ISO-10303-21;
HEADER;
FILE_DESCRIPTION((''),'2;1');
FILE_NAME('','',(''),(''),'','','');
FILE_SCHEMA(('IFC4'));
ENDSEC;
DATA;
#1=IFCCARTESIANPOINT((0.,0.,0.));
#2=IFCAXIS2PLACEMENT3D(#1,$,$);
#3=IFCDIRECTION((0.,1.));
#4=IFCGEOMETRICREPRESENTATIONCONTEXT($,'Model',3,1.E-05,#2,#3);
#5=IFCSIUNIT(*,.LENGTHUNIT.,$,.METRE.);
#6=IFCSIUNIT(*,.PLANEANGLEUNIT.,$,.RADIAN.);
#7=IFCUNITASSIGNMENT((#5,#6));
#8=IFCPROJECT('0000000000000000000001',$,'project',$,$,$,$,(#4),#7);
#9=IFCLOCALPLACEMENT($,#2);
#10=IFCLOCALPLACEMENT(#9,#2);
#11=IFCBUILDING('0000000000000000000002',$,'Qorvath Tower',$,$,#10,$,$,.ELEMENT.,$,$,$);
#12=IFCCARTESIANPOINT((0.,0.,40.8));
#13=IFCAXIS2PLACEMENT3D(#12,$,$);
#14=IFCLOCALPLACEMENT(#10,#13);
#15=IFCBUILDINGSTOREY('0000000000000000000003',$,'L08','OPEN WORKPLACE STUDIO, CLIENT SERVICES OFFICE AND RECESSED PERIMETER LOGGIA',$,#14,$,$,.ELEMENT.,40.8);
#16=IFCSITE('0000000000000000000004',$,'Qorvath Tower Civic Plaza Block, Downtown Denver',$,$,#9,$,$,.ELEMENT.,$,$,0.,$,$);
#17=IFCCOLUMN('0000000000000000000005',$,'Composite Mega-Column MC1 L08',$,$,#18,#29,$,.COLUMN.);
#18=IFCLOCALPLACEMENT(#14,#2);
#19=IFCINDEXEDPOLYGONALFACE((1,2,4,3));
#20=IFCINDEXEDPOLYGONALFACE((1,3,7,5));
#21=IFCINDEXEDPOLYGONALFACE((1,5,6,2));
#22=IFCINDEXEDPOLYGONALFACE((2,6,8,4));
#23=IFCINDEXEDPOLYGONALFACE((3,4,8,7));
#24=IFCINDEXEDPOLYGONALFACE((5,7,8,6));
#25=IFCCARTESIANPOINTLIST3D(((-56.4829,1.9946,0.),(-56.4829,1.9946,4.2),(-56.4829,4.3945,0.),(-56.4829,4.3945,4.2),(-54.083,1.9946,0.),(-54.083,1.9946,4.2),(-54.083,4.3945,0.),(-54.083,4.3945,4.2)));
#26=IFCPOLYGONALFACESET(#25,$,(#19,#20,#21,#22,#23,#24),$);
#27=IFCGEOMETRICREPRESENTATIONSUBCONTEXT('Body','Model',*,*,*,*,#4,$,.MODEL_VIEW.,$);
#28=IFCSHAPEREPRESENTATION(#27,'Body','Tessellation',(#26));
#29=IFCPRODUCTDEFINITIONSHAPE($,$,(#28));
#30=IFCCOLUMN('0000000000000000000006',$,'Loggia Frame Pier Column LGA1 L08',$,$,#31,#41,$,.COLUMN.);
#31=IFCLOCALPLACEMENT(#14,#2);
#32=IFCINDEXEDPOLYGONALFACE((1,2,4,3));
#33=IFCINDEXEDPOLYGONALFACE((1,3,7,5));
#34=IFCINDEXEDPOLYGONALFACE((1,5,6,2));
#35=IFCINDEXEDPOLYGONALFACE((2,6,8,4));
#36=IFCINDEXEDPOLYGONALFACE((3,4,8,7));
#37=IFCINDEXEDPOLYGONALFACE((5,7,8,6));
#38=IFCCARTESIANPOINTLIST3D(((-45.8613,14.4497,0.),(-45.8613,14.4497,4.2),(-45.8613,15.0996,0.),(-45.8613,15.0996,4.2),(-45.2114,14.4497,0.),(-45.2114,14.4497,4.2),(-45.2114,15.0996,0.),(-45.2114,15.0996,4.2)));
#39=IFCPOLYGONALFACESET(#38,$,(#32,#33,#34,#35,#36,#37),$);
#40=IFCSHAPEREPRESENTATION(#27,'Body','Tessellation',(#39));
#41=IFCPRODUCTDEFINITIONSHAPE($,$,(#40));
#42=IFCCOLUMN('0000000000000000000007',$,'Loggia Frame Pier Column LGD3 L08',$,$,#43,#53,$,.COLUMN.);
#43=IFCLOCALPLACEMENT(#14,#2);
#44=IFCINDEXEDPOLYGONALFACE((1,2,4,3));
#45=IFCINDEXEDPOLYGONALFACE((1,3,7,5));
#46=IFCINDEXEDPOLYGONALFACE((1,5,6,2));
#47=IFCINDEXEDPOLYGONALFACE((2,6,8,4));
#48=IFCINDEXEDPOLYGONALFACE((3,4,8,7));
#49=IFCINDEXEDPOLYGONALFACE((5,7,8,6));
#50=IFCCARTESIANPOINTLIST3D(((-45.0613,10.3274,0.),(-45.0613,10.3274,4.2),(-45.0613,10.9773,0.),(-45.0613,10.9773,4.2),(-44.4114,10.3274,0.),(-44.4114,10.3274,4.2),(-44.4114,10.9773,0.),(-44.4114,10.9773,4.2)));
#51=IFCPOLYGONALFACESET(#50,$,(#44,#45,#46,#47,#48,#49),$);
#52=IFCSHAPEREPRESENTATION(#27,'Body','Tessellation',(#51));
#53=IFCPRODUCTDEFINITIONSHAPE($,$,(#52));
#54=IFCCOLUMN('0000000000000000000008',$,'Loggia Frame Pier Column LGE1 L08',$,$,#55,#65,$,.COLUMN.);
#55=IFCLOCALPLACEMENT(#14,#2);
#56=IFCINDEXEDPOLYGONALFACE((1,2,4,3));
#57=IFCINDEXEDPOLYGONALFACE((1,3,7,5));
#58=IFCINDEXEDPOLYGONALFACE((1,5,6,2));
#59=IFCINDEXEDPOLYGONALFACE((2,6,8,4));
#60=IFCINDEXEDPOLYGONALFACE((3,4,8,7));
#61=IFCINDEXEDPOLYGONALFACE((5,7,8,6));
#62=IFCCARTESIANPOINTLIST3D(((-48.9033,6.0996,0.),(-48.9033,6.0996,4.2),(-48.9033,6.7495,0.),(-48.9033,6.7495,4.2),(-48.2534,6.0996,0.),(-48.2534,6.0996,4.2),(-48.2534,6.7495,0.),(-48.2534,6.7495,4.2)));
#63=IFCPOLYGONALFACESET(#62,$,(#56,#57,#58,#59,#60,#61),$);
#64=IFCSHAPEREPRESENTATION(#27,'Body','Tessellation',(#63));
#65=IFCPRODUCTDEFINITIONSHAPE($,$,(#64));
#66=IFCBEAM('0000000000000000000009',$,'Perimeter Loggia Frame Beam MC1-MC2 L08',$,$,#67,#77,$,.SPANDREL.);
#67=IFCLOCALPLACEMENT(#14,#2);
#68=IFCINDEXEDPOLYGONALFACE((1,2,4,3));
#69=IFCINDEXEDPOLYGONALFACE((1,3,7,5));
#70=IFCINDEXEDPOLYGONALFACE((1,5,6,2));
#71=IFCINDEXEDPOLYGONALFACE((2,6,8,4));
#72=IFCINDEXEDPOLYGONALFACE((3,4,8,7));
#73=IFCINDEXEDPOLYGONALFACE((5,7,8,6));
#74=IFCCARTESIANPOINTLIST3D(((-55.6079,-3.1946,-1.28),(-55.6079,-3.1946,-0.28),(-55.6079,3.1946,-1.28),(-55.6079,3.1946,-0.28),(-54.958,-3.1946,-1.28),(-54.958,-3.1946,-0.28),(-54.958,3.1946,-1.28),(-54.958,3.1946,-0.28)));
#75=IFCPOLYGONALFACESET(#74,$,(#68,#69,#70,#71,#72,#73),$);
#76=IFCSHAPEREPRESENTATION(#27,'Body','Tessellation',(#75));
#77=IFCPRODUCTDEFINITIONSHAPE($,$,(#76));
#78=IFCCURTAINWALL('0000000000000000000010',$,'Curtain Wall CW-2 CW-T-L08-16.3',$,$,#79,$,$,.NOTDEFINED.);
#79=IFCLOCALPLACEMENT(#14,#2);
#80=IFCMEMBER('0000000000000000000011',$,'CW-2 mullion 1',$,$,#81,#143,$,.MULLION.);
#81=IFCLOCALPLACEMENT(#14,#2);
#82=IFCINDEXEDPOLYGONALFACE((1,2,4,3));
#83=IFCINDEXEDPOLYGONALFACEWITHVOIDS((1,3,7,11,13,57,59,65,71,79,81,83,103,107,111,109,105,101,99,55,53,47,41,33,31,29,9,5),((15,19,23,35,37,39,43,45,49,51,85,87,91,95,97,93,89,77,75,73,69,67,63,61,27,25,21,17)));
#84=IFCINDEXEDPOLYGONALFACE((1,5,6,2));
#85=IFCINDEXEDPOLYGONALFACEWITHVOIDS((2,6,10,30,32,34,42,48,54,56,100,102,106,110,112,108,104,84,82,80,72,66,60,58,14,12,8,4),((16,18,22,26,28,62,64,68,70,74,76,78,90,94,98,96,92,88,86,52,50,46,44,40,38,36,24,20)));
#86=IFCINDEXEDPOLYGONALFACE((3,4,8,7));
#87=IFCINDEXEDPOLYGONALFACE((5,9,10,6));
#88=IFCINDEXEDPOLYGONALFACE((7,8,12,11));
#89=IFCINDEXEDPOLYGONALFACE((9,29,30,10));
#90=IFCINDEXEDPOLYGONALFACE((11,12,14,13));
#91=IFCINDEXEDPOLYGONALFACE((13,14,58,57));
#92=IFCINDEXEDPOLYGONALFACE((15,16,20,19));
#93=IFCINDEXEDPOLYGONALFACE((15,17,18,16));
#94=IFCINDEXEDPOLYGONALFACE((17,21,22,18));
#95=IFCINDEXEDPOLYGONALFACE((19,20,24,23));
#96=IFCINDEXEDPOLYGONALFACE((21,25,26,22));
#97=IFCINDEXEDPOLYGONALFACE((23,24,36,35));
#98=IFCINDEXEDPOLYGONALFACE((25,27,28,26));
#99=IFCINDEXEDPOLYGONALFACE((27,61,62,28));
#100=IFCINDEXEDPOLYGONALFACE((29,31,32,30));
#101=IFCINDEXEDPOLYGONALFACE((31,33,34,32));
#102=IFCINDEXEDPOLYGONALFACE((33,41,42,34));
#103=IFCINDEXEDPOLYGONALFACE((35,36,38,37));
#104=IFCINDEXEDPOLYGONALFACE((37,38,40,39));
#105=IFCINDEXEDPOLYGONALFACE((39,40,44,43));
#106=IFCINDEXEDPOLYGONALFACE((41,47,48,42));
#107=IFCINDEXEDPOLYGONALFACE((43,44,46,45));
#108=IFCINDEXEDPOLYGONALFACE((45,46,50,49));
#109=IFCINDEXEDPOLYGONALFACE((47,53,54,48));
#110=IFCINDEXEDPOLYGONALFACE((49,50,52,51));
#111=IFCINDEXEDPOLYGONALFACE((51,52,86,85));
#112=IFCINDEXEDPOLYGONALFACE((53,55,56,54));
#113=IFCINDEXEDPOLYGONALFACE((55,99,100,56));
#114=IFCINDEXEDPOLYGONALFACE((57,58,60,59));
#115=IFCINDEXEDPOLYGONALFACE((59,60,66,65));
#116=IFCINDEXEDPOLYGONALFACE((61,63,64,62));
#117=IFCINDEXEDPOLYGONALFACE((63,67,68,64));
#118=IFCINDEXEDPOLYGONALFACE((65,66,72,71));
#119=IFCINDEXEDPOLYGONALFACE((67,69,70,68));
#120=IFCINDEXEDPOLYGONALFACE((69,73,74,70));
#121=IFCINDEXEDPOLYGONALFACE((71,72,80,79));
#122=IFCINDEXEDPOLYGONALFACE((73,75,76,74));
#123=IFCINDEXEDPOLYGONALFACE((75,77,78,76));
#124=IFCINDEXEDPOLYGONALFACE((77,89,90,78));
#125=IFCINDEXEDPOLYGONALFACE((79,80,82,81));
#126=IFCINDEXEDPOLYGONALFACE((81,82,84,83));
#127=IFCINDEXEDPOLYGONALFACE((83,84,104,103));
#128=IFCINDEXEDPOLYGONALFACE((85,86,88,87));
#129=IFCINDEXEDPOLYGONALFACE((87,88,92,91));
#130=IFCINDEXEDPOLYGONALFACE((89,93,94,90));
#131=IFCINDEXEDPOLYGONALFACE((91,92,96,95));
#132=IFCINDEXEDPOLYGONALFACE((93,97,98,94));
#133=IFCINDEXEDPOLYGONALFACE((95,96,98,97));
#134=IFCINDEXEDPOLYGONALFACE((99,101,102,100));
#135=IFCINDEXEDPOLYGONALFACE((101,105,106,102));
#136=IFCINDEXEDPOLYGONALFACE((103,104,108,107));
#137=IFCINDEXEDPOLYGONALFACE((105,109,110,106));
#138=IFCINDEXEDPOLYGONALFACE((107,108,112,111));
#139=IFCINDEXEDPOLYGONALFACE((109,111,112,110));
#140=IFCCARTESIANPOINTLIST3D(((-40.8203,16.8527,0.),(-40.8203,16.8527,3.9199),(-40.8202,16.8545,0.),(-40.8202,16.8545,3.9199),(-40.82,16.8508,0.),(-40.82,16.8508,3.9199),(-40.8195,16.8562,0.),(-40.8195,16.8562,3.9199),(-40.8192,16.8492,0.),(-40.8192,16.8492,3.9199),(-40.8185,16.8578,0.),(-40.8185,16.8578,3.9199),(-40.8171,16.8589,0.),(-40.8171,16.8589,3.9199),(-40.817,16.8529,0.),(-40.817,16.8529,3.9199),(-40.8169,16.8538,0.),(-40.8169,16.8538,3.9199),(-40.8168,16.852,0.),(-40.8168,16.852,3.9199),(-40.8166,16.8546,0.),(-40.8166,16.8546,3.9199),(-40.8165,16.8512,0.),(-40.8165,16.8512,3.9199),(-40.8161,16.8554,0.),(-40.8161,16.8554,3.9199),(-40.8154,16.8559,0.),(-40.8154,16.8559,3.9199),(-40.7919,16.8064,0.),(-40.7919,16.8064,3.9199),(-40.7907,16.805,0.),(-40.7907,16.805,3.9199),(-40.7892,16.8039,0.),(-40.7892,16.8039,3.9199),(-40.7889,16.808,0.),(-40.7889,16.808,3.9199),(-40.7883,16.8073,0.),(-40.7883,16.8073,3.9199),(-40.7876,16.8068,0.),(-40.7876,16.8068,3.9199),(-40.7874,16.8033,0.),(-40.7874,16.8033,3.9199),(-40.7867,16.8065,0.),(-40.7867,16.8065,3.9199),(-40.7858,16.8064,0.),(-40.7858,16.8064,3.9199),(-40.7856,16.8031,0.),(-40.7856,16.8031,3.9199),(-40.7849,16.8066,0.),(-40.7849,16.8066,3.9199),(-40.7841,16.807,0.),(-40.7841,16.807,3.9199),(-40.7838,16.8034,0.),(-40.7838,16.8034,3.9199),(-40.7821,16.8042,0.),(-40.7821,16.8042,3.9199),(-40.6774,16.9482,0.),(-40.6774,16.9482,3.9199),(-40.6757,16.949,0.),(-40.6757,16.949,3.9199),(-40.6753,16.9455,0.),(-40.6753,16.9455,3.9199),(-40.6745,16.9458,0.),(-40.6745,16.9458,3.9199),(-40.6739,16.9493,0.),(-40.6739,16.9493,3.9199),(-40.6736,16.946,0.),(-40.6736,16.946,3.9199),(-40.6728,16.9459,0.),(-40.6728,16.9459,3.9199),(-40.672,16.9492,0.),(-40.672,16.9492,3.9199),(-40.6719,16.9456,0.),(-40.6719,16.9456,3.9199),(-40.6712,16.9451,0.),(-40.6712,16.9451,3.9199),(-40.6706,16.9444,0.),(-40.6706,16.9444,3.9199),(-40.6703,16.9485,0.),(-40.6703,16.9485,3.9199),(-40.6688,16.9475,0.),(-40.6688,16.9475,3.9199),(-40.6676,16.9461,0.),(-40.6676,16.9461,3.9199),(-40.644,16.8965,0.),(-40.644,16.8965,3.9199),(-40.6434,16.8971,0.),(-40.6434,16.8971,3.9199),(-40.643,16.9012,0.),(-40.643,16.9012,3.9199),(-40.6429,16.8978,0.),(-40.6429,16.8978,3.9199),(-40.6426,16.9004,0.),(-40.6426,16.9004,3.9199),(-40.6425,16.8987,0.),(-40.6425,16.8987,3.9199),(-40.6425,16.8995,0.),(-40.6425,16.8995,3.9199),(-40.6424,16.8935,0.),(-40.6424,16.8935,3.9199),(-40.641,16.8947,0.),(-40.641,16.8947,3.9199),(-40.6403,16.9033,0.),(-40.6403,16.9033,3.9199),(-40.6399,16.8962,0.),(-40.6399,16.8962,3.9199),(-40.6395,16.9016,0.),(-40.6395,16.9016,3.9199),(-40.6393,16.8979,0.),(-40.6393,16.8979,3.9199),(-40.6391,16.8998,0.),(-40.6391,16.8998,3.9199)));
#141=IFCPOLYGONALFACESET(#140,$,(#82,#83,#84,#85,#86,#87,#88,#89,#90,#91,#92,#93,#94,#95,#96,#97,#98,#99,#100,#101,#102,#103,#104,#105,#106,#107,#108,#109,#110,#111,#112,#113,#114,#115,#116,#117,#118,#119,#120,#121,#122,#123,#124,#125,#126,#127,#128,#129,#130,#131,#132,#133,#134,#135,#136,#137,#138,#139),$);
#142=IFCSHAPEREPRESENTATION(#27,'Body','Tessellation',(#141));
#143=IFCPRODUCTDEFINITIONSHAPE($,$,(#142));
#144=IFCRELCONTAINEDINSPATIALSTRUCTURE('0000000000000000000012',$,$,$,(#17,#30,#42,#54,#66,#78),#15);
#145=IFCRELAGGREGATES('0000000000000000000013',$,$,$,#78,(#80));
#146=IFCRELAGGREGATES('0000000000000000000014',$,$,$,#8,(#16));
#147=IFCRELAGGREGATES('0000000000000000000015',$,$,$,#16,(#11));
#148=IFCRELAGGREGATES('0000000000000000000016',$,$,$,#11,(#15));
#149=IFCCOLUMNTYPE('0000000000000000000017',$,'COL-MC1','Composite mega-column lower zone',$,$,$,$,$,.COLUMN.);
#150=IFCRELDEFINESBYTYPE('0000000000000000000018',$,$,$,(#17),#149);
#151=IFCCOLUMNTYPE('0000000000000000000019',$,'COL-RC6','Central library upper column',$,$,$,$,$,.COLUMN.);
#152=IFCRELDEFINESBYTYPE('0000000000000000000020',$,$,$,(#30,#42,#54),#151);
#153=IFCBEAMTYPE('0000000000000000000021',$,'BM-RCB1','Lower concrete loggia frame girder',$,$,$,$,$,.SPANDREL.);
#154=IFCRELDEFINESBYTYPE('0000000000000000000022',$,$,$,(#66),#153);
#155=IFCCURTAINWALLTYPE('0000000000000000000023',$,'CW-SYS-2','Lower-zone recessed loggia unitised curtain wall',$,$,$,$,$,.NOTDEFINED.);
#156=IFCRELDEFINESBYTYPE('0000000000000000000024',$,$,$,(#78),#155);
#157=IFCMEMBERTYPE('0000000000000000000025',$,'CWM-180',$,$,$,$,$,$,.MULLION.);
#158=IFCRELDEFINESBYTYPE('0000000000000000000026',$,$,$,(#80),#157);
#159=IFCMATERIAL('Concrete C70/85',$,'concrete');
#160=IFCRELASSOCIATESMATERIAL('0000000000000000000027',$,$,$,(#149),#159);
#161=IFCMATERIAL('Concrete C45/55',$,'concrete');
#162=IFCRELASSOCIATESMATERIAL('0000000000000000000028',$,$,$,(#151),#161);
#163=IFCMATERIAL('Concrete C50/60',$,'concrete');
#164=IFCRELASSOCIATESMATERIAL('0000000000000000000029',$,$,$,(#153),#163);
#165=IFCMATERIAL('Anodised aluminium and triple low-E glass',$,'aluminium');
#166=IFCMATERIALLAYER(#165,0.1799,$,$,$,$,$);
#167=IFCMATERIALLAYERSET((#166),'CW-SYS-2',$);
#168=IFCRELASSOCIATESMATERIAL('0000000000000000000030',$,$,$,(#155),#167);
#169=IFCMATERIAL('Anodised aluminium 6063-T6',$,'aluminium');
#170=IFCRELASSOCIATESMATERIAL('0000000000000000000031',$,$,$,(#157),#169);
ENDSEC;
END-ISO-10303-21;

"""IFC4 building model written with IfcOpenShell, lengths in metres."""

from ifc_helpers import new_model, si_unit, direction, frame, origin, origin_2d, place, context, subcontext, project, spatial, rectangle, hollow_rectangle, extrude, material, layer, layer_set, material_profile, profile_set, type_object, element, aggregate, save


model = new_model("IFC4")

# Units and contexts
model_context = context("Model", 3, precision=1e-05, world=origin(), true_north=direction((0.0, 1.0)))
body_context = subcontext(model_context, "Body", "Model", "MODEL_VIEW")
ifc_project = project(units=[si_unit("LENGTHUNIT", "METRE"), si_unit("PLANEANGLEUNIT", "RADIAN")], contexts=[model_context])

# Site, building, storey
site_placement = place(None, origin())
site = spatial("IfcSite", under=ifc_project, at=site_placement, Name="Qorvath Tower Civic Plaza Block, Downtown Denver", CompositionType="ELEMENT", RefElevation=0.0)
building_placement = place(site_placement, origin())
building = spatial("IfcBuilding", under=site, at=building_placement, Name="Qorvath Tower", CompositionType="ELEMENT")
storey_placement = place(building_placement, frame((0.0, 0.0, 40.8)))
storey = spatial("IfcBuildingStorey", under=building, at=storey_placement, Name="L08", Description="OPEN WORKPLACE STUDIO, CLIENT SERVICES OFFICE AND RECESSED PERIMETER LOGGIA", CompositionType="ELEMENT", Elevation=40.8)

# Columns
ifc_material_1 = material(Name="Concrete C70/85", Category="concrete")
ifc_material_profile_1 = material_profile(ifc_material_1, rectangle(XDim=2.3999, YDim=2.3999, at=origin_2d()), Name="MC 2400x2400")
ifc_profile_set_1 = profile_set([ifc_material_profile_1], Name="Concrete C70/85")
column_type_1 = type_object("IfcColumnType", Name="COL-MC1", Description="Composite mega-column lower zone", PredefinedType="COLUMN", material=ifc_profile_set_1)
column_placement = place(storey_placement, frame((-55.283, 3.1946, 0.0), z_axis=(0.0, 0.0, 1.0), x_axis=(1.0, 0.0, 0.0)))
element("IfcColumn", 1, at=column_placement, inside=storey, type_object=column_type_1, Name="Composite Mega-Column MC1 L08", PredefinedType="COLUMN", context=body_context, shape_type="SweptSolid", body=[
    extrude(rectangle(XDim=2.3999, YDim=2.3999, at=origin_2d()), origin(), (0.0, 0.0, 1.0), 4.2),
])
ifc_material_2 = material(Name="Concrete C45/55", Category="concrete")
ifc_material_profile_2 = material_profile(ifc_material_2, rectangle(XDim=0.6499, YDim=0.6499, at=origin_2d()), Name="RC 650x650")
ifc_profile_set_2 = profile_set([ifc_material_profile_2], Name="Concrete C45/55")
column_type_2 = type_object("IfcColumnType", Name="COL-RC6", Description="Central library upper column", PredefinedType="COLUMN", material=ifc_profile_set_2)
for number, where, z_axis, x_axis, name in (
    (2, (-45.5364, 14.7747, 0.0), (0.0, 0.0, 1.0), (1.0, 0.0, 0.0), "Loggia Frame Pier Column LGA1 L08"),
    (3, (-44.7363, 10.6523, 0.0), (0.0, 0.0, 1.0), (1.0, 0.0, 0.0), "Loggia Frame Pier Column LGD3 L08"),
    (4, (-48.5784, 6.4246, 0.0), (0.0, 0.0, 1.0), (1.0, 0.0, 0.0), "Loggia Frame Pier Column LGE1 L08"),
):
    element("IfcColumn", number, at=place(storey_placement, frame(where, z_axis=z_axis, x_axis=x_axis)), inside=storey, type_object=column_type_2, Name=name, PredefinedType="COLUMN", context=body_context, shape_type="SweptSolid", body=[
        extrude(rectangle(XDim=0.6499, YDim=0.6499, at=origin_2d()), origin(), (0.0, 0.0, 1.0), 4.2),
    ])

# Beam
ifc_material_3 = material(Name="Concrete C50/60", Category="concrete")
ifc_material_profile_3 = material_profile(ifc_material_3, rectangle(XDim=0.6499, YDim=1.0, at=origin_2d()), Name="RCB 1000x650")
ifc_profile_set_3 = profile_set([ifc_material_profile_3], Name="Concrete C50/60")
beam_type = type_object("IfcBeamType", Name="BM-RCB1", Description="Lower concrete loggia frame girder", PredefinedType="SPANDREL", material=ifc_profile_set_3)
beam_placement = place(storey_placement, frame((-55.283, 3.1946, -0.78), z_axis=(0.0, -1.0, 0.0), x_axis=(1.0, 0.0, 0.0)))
element("IfcBeam", 5, at=beam_placement, inside=storey, type_object=beam_type, Name="Perimeter Loggia Frame Beam MC1-MC2 L08", PredefinedType="SPANDREL", context=body_context, shape_type="SweptSolid", body=[
    extrude(rectangle(XDim=0.6499, YDim=1.0, at=origin_2d()), origin(), (0.0, 0.0, 1.0), 6.3892),
])

# Curtain wall, member
ifc_material_4 = material(Name="Anodised aluminium and triple low-E glass", Category="aluminium")
ifc_layer_1 = layer(ifc_material_4, 0.1799)
ifc_layer_set_1 = layer_set([ifc_layer_1], Name="CW-SYS-2")
curtain_wall_type = type_object("IfcCurtainWallType", Name="CW-SYS-2", Description="Lower-zone recessed loggia unitised curtain wall", PredefinedType="NOTDEFINED", material=ifc_layer_set_1)
curtain_wall_placement = place(storey_placement, origin())
curtain_wall = element("IfcCurtainWall", 6, at=curtain_wall_placement, inside=storey, type_object=curtain_wall_type, Name="Curtain Wall CW-2 CW-T-L08-16.3", PredefinedType="NOTDEFINED")
ifc_material_5 = material(Name="Anodised aluminium 6063-T6", Category="aluminium")
ifc_material_profile_4 = material_profile(ifc_material_5, hollow_rectangle(XDim=0.0649, YDim=0.1799, WallThickness=0.0034, InnerFilletRadius=0.0034, OuterFilletRadius=0.0071, at=origin_2d()), Name="CWM 180x65")
ifc_profile_set_4 = profile_set([ifc_material_profile_4], Name="Anodised aluminium 6063-T6")
member_type_1 = type_object("IfcMemberType", Name="CWM-180", PredefinedType="MULLION", material=ifc_profile_set_4)
member_1_placement = place(storey_placement, frame((-40.7297, 16.8762, 0.0), z_axis=(0.0, 0.0, 1.0), x_axis=(0.538532, -0.842605, 0.0)))
member_1 = element("IfcMember", 7, at=member_1_placement, type_object=member_type_1, Name="CW-2 mullion 1", PredefinedType="MULLION", context=body_context, shape_type="SweptSolid", body=[
    extrude(hollow_rectangle(XDim=0.0649, YDim=0.1799, WallThickness=0.0034, InnerFilletRadius=0.0034, OuterFilletRadius=0.0071, at=origin_2d()), origin(), (0.0, 0.0, 1.0), 3.9199),
])
aggregate(curtain_wall, [member_1])

save(model, "model.ifc")
